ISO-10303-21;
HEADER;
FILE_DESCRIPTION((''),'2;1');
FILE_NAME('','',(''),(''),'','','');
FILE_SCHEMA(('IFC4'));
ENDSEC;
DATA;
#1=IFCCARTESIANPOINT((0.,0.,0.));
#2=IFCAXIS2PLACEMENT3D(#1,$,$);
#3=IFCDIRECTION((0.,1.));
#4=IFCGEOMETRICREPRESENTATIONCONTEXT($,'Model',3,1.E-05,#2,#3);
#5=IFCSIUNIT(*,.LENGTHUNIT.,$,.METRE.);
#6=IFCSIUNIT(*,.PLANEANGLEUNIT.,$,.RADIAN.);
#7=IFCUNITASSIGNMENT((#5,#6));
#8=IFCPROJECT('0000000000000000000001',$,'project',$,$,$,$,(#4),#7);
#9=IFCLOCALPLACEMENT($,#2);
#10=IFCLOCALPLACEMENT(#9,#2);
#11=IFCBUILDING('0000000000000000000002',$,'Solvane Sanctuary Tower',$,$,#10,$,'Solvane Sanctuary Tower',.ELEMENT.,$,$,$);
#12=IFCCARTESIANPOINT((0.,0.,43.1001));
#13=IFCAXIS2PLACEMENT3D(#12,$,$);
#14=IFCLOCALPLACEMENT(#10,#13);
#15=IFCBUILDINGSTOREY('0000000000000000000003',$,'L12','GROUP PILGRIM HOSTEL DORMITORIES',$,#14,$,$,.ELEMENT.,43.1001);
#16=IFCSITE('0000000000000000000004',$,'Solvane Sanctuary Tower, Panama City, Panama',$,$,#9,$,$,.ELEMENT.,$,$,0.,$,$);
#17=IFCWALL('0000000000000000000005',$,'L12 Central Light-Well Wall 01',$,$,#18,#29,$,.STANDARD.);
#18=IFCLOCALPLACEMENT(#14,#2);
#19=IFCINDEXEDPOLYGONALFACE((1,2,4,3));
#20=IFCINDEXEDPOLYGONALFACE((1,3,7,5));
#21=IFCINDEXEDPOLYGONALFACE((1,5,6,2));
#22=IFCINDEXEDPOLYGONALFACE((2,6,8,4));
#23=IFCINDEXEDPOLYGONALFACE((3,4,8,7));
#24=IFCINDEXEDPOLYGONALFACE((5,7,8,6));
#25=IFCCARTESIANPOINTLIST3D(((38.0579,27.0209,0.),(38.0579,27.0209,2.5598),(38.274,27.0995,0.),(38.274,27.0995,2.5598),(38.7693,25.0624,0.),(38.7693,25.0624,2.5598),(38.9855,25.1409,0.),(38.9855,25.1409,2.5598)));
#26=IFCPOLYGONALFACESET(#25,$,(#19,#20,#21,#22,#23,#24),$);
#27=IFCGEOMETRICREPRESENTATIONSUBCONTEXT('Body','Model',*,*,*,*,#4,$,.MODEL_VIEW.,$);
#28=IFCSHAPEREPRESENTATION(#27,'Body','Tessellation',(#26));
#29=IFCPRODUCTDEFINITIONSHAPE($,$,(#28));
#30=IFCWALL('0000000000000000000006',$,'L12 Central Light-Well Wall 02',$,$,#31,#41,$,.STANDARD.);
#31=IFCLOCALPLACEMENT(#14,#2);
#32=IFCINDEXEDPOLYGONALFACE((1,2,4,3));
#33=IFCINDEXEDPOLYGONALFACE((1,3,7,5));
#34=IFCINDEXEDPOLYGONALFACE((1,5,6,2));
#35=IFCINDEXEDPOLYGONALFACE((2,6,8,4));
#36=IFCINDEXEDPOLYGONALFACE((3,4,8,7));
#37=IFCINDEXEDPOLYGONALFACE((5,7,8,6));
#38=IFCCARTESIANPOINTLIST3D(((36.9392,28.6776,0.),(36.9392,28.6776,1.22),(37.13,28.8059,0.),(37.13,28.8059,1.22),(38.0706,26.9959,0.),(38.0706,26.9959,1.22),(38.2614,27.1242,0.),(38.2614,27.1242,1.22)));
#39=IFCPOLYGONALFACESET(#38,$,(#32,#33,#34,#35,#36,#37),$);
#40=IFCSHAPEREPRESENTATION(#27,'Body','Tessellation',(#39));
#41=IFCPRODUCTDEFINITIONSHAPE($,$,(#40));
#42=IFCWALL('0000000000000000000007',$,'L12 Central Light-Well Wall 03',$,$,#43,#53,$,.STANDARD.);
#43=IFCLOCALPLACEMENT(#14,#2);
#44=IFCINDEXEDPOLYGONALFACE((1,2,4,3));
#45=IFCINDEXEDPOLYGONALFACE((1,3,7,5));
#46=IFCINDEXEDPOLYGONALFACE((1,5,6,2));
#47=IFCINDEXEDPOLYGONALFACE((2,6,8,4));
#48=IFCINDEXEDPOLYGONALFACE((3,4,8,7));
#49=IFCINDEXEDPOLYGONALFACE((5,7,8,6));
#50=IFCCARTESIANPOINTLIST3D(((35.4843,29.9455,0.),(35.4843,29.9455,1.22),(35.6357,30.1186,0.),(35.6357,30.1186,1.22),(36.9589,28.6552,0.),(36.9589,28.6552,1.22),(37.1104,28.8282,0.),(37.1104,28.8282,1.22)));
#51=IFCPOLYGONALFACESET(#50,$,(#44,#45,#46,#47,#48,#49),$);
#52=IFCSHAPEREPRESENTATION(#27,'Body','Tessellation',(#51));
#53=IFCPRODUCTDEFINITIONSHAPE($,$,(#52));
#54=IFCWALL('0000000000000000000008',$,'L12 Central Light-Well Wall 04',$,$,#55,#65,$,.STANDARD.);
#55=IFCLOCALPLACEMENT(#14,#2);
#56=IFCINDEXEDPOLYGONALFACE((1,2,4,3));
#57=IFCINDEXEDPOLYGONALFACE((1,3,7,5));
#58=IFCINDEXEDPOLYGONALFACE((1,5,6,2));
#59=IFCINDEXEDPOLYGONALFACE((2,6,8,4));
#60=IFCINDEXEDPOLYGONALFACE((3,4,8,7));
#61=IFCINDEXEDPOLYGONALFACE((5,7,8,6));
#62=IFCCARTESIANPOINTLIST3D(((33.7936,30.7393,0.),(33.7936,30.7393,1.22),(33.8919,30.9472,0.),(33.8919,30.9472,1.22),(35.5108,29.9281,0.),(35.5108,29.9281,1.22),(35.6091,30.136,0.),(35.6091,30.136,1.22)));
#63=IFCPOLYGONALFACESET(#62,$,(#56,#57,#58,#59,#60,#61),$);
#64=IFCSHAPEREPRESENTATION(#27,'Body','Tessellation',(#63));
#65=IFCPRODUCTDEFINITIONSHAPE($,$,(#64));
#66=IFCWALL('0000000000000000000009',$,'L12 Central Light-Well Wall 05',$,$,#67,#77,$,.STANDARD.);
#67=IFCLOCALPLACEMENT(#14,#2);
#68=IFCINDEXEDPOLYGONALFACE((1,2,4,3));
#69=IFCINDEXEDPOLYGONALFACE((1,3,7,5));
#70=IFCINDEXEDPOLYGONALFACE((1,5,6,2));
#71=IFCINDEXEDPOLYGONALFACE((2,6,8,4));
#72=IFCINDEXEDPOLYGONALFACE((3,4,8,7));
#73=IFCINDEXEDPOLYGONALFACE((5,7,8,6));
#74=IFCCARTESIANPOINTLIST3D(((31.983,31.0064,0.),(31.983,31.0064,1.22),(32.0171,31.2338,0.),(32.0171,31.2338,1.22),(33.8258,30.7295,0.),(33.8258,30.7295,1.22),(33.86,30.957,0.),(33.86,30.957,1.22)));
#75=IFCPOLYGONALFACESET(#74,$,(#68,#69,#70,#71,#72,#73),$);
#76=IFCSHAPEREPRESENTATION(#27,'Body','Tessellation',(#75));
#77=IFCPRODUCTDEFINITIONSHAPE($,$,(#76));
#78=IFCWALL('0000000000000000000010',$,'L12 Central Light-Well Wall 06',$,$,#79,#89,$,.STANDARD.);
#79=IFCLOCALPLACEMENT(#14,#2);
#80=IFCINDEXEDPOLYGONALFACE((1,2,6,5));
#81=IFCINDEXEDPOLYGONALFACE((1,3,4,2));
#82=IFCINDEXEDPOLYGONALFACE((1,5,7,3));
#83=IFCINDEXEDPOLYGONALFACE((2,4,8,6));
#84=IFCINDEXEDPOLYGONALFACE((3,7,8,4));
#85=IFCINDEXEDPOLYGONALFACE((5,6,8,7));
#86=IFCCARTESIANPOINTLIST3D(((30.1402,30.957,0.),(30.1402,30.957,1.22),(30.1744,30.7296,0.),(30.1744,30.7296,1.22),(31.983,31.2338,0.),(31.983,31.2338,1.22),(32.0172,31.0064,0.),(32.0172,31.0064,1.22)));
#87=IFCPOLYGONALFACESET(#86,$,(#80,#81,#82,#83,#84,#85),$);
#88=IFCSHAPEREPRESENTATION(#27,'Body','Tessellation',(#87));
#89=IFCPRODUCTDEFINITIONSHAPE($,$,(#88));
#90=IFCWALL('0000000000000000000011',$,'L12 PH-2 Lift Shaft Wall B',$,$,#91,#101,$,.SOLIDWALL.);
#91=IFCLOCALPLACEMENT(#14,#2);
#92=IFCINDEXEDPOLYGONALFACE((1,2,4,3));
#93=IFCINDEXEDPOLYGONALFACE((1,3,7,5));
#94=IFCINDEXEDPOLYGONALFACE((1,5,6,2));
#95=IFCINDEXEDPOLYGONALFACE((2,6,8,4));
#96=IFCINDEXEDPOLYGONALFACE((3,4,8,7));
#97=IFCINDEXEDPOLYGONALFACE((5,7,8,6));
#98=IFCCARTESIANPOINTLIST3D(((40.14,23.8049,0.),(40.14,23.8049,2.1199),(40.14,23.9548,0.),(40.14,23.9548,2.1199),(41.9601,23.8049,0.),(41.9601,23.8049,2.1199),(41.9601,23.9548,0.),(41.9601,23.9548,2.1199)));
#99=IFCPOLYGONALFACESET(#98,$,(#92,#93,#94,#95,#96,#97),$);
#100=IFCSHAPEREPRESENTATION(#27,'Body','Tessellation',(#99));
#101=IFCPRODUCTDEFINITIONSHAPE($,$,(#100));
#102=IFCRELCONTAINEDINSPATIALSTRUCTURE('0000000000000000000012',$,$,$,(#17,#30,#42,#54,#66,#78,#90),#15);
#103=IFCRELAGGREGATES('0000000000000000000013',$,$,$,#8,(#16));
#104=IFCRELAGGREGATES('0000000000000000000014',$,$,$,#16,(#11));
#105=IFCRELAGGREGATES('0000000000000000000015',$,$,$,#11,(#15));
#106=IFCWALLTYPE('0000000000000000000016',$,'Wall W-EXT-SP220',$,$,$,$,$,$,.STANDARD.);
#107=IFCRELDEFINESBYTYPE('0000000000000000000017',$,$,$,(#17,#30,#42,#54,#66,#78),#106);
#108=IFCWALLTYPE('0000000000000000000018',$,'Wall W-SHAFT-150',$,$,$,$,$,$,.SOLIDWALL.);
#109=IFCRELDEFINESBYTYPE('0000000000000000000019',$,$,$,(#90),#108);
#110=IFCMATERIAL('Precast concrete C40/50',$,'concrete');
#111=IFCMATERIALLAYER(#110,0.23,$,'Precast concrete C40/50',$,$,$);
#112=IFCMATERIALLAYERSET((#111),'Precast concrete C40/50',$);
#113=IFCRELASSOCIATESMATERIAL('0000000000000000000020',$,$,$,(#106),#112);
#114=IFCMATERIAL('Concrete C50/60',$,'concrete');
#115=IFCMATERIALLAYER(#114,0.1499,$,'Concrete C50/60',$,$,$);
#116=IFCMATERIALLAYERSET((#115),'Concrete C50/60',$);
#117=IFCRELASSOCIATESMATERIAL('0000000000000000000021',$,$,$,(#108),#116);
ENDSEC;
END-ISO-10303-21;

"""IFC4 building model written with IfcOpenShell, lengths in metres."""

from ifc_helpers import new_model, si_unit, direction, frame, frame_2d, origin, place, context, subcontext, project, spatial, rectangle, extrude, material, layer, layer_set, type_object, element, save


model = new_model("IFC4")

# Units and contexts
model_context = context("Model", 3, precision=1e-05, world=origin(), true_north=direction((0.0, 1.0)))
body_context = subcontext(model_context, "Body", "Model", "MODEL_VIEW")
ifc_project = project(units=[si_unit("LENGTHUNIT", "METRE"), si_unit("PLANEANGLEUNIT", "RADIAN")], contexts=[model_context])

# Site, building, storey
site_placement = place(None, origin())
site = spatial("IfcSite", under=ifc_project, at=site_placement, Name="Solvane Sanctuary Tower, Panama City, Panama", CompositionType="ELEMENT", RefElevation=0.0)
building_placement = place(site_placement, origin())
building = spatial("IfcBuilding", under=site, at=building_placement, Name="Solvane Sanctuary Tower", LongName="Solvane Sanctuary Tower", CompositionType="ELEMENT")
storey_placement = place(building_placement, frame((0.0, 0.0, 43.1001)))
storey = spatial("IfcBuildingStorey", under=building, at=storey_placement, Name="L12", Description="GROUP PILGRIM HOSTEL DORMITORIES", CompositionType="ELEMENT", Elevation=43.1001)

# Walls
ifc_material_1 = material(Name="Precast concrete C40/50", Category="concrete")
ifc_layer_1 = layer(ifc_material_1, 0.23, Name="Precast concrete C40/50")
ifc_layer_set_1 = layer_set([ifc_layer_1], Name="Precast concrete C40/50")
wall_type_1 = type_object("IfcWallType", Name="Wall W-EXT-SP220", PredefinedType="STANDARD", material=ifc_layer_set_1)
wall_1_placement = place(storey_placement, frame((38.8774, 25.1016, 0.0), z_axis=(0.0, 0.0, 1.0), x_axis=(-0.341423, 0.93991, 0.0)))
element("IfcWall", 1, at=wall_1_placement, inside=storey, type_object=wall_type_1, Name="L12 Central Light-Well Wall 01", PredefinedType="STANDARD", context=body_context, shape_type="SweptSolid", body=[
    extrude(rectangle(XDim=2.0837, YDim=0.23, at=frame_2d((1.042, 0.0))), origin(), (0.0, 0.0, 1.0), 2.5598),
])
wall_2_placement = place(storey_placement, frame((38.166, 27.0601, 0.0), z_axis=(0.0, 0.0, 1.0), x_axis=(-0.558198, 0.829708, 0.0)))
element("IfcWall", 2, at=wall_2_placement, inside=storey, type_object=wall_type_1, Name="L12 Central Light-Well Wall 02", PredefinedType="STANDARD", context=body_context, shape_type="SweptSolid", body=[
    extrude(rectangle(XDim=2.0269, YDim=0.23, at=frame_2d((1.0134, 0.0))), origin(), (0.0, 0.0, 1.0), 1.22),
])
wall_3_placement = place(storey_placement, frame((37.0347, 28.7417, 0.0), z_axis=(0.0, 0.0, 1.0), x_axis=(-0.752577, 0.658505, 0.0)))
element("IfcWall", 3, at=wall_3_placement, inside=storey, type_object=wall_type_1, Name="L12 Central Light-Well Wall 03", PredefinedType="STANDARD", context=body_context, shape_type="SweptSolid", body=[
    extrude(rectangle(XDim=1.9595, YDim=0.23, at=frame_2d((0.9797, 0.0))), origin(), (0.0, 0.0, 1.0), 1.22),
])
wall_4_placement = place(storey_placement, frame((35.5601, 30.032, 0.0), z_axis=(0.0, 0.0, 1.0), x_axis=(-0.90418, 0.427152, 0.0)))
element("IfcWall", 4, at=wall_4_placement, inside=storey, type_object=wall_type_1, Name="L12 Central Light-Well Wall 04", PredefinedType="STANDARD", context=body_context, shape_type="SweptSolid", body=[
    extrude(rectangle(XDim=1.8992, YDim=0.23, at=frame_2d((0.9497, 0.0))), origin(), (0.0, 0.0, 1.0), 1.22),
])
for number, where, z_axis, x_axis, name in (
    (5, (33.8428, 30.8433, 0.0), (0.0, 0.0, 1.0), (-0.988902, 0.148571, 0.0), "L12 Central Light-Well Wall 05"),
    (6, (32.0, 31.1201, 0.0), (0.0, 0.0, 1.0), (-0.988902, -0.148571, 0.0), "L12 Central Light-Well Wall 06"),
):
    element("IfcWall", number, at=place(storey_placement, frame(where, z_axis=z_axis, x_axis=x_axis)), inside=storey, type_object=wall_type_1, Name=name, PredefinedType="STANDARD", context=body_context, shape_type="SweptSolid", body=[
        extrude(rectangle(XDim=1.8635, YDim=0.23, at=frame_2d((0.9316, 0.0))), origin(), (0.0, 0.0, 1.0), 1.22),
    ])
ifc_material_2 = material(Name="Concrete C50/60", Category="concrete")
ifc_layer_2 = layer(ifc_material_2, 0.1499, Name="Concrete C50/60")
ifc_layer_set_2 = layer_set([ifc_layer_2], Name="Concrete C50/60")
wall_type_2 = type_object("IfcWallType", Name="Wall W-SHAFT-150", PredefinedType="SOLIDWALL", material=ifc_layer_set_2)
wall_5_placement = place(storey_placement, frame((40.1399, 23.8799, 0.0), z_axis=(0.0, 0.0, 1.0), x_axis=(1.0, 0.0, 0.0)))
element("IfcWall", 7, at=wall_5_placement, inside=storey, type_object=wall_type_2, Name="L12 PH-2 Lift Shaft Wall B", PredefinedType="SOLIDWALL", context=body_context, shape_type="SweptSolid", body=[
    extrude(rectangle(XDim=1.8201, YDim=0.1499, at=frame_2d((0.9102, 0.0))), origin(), (0.0, 0.0, 1.0), 2.1199),
])

save(model, "model.ifc")
